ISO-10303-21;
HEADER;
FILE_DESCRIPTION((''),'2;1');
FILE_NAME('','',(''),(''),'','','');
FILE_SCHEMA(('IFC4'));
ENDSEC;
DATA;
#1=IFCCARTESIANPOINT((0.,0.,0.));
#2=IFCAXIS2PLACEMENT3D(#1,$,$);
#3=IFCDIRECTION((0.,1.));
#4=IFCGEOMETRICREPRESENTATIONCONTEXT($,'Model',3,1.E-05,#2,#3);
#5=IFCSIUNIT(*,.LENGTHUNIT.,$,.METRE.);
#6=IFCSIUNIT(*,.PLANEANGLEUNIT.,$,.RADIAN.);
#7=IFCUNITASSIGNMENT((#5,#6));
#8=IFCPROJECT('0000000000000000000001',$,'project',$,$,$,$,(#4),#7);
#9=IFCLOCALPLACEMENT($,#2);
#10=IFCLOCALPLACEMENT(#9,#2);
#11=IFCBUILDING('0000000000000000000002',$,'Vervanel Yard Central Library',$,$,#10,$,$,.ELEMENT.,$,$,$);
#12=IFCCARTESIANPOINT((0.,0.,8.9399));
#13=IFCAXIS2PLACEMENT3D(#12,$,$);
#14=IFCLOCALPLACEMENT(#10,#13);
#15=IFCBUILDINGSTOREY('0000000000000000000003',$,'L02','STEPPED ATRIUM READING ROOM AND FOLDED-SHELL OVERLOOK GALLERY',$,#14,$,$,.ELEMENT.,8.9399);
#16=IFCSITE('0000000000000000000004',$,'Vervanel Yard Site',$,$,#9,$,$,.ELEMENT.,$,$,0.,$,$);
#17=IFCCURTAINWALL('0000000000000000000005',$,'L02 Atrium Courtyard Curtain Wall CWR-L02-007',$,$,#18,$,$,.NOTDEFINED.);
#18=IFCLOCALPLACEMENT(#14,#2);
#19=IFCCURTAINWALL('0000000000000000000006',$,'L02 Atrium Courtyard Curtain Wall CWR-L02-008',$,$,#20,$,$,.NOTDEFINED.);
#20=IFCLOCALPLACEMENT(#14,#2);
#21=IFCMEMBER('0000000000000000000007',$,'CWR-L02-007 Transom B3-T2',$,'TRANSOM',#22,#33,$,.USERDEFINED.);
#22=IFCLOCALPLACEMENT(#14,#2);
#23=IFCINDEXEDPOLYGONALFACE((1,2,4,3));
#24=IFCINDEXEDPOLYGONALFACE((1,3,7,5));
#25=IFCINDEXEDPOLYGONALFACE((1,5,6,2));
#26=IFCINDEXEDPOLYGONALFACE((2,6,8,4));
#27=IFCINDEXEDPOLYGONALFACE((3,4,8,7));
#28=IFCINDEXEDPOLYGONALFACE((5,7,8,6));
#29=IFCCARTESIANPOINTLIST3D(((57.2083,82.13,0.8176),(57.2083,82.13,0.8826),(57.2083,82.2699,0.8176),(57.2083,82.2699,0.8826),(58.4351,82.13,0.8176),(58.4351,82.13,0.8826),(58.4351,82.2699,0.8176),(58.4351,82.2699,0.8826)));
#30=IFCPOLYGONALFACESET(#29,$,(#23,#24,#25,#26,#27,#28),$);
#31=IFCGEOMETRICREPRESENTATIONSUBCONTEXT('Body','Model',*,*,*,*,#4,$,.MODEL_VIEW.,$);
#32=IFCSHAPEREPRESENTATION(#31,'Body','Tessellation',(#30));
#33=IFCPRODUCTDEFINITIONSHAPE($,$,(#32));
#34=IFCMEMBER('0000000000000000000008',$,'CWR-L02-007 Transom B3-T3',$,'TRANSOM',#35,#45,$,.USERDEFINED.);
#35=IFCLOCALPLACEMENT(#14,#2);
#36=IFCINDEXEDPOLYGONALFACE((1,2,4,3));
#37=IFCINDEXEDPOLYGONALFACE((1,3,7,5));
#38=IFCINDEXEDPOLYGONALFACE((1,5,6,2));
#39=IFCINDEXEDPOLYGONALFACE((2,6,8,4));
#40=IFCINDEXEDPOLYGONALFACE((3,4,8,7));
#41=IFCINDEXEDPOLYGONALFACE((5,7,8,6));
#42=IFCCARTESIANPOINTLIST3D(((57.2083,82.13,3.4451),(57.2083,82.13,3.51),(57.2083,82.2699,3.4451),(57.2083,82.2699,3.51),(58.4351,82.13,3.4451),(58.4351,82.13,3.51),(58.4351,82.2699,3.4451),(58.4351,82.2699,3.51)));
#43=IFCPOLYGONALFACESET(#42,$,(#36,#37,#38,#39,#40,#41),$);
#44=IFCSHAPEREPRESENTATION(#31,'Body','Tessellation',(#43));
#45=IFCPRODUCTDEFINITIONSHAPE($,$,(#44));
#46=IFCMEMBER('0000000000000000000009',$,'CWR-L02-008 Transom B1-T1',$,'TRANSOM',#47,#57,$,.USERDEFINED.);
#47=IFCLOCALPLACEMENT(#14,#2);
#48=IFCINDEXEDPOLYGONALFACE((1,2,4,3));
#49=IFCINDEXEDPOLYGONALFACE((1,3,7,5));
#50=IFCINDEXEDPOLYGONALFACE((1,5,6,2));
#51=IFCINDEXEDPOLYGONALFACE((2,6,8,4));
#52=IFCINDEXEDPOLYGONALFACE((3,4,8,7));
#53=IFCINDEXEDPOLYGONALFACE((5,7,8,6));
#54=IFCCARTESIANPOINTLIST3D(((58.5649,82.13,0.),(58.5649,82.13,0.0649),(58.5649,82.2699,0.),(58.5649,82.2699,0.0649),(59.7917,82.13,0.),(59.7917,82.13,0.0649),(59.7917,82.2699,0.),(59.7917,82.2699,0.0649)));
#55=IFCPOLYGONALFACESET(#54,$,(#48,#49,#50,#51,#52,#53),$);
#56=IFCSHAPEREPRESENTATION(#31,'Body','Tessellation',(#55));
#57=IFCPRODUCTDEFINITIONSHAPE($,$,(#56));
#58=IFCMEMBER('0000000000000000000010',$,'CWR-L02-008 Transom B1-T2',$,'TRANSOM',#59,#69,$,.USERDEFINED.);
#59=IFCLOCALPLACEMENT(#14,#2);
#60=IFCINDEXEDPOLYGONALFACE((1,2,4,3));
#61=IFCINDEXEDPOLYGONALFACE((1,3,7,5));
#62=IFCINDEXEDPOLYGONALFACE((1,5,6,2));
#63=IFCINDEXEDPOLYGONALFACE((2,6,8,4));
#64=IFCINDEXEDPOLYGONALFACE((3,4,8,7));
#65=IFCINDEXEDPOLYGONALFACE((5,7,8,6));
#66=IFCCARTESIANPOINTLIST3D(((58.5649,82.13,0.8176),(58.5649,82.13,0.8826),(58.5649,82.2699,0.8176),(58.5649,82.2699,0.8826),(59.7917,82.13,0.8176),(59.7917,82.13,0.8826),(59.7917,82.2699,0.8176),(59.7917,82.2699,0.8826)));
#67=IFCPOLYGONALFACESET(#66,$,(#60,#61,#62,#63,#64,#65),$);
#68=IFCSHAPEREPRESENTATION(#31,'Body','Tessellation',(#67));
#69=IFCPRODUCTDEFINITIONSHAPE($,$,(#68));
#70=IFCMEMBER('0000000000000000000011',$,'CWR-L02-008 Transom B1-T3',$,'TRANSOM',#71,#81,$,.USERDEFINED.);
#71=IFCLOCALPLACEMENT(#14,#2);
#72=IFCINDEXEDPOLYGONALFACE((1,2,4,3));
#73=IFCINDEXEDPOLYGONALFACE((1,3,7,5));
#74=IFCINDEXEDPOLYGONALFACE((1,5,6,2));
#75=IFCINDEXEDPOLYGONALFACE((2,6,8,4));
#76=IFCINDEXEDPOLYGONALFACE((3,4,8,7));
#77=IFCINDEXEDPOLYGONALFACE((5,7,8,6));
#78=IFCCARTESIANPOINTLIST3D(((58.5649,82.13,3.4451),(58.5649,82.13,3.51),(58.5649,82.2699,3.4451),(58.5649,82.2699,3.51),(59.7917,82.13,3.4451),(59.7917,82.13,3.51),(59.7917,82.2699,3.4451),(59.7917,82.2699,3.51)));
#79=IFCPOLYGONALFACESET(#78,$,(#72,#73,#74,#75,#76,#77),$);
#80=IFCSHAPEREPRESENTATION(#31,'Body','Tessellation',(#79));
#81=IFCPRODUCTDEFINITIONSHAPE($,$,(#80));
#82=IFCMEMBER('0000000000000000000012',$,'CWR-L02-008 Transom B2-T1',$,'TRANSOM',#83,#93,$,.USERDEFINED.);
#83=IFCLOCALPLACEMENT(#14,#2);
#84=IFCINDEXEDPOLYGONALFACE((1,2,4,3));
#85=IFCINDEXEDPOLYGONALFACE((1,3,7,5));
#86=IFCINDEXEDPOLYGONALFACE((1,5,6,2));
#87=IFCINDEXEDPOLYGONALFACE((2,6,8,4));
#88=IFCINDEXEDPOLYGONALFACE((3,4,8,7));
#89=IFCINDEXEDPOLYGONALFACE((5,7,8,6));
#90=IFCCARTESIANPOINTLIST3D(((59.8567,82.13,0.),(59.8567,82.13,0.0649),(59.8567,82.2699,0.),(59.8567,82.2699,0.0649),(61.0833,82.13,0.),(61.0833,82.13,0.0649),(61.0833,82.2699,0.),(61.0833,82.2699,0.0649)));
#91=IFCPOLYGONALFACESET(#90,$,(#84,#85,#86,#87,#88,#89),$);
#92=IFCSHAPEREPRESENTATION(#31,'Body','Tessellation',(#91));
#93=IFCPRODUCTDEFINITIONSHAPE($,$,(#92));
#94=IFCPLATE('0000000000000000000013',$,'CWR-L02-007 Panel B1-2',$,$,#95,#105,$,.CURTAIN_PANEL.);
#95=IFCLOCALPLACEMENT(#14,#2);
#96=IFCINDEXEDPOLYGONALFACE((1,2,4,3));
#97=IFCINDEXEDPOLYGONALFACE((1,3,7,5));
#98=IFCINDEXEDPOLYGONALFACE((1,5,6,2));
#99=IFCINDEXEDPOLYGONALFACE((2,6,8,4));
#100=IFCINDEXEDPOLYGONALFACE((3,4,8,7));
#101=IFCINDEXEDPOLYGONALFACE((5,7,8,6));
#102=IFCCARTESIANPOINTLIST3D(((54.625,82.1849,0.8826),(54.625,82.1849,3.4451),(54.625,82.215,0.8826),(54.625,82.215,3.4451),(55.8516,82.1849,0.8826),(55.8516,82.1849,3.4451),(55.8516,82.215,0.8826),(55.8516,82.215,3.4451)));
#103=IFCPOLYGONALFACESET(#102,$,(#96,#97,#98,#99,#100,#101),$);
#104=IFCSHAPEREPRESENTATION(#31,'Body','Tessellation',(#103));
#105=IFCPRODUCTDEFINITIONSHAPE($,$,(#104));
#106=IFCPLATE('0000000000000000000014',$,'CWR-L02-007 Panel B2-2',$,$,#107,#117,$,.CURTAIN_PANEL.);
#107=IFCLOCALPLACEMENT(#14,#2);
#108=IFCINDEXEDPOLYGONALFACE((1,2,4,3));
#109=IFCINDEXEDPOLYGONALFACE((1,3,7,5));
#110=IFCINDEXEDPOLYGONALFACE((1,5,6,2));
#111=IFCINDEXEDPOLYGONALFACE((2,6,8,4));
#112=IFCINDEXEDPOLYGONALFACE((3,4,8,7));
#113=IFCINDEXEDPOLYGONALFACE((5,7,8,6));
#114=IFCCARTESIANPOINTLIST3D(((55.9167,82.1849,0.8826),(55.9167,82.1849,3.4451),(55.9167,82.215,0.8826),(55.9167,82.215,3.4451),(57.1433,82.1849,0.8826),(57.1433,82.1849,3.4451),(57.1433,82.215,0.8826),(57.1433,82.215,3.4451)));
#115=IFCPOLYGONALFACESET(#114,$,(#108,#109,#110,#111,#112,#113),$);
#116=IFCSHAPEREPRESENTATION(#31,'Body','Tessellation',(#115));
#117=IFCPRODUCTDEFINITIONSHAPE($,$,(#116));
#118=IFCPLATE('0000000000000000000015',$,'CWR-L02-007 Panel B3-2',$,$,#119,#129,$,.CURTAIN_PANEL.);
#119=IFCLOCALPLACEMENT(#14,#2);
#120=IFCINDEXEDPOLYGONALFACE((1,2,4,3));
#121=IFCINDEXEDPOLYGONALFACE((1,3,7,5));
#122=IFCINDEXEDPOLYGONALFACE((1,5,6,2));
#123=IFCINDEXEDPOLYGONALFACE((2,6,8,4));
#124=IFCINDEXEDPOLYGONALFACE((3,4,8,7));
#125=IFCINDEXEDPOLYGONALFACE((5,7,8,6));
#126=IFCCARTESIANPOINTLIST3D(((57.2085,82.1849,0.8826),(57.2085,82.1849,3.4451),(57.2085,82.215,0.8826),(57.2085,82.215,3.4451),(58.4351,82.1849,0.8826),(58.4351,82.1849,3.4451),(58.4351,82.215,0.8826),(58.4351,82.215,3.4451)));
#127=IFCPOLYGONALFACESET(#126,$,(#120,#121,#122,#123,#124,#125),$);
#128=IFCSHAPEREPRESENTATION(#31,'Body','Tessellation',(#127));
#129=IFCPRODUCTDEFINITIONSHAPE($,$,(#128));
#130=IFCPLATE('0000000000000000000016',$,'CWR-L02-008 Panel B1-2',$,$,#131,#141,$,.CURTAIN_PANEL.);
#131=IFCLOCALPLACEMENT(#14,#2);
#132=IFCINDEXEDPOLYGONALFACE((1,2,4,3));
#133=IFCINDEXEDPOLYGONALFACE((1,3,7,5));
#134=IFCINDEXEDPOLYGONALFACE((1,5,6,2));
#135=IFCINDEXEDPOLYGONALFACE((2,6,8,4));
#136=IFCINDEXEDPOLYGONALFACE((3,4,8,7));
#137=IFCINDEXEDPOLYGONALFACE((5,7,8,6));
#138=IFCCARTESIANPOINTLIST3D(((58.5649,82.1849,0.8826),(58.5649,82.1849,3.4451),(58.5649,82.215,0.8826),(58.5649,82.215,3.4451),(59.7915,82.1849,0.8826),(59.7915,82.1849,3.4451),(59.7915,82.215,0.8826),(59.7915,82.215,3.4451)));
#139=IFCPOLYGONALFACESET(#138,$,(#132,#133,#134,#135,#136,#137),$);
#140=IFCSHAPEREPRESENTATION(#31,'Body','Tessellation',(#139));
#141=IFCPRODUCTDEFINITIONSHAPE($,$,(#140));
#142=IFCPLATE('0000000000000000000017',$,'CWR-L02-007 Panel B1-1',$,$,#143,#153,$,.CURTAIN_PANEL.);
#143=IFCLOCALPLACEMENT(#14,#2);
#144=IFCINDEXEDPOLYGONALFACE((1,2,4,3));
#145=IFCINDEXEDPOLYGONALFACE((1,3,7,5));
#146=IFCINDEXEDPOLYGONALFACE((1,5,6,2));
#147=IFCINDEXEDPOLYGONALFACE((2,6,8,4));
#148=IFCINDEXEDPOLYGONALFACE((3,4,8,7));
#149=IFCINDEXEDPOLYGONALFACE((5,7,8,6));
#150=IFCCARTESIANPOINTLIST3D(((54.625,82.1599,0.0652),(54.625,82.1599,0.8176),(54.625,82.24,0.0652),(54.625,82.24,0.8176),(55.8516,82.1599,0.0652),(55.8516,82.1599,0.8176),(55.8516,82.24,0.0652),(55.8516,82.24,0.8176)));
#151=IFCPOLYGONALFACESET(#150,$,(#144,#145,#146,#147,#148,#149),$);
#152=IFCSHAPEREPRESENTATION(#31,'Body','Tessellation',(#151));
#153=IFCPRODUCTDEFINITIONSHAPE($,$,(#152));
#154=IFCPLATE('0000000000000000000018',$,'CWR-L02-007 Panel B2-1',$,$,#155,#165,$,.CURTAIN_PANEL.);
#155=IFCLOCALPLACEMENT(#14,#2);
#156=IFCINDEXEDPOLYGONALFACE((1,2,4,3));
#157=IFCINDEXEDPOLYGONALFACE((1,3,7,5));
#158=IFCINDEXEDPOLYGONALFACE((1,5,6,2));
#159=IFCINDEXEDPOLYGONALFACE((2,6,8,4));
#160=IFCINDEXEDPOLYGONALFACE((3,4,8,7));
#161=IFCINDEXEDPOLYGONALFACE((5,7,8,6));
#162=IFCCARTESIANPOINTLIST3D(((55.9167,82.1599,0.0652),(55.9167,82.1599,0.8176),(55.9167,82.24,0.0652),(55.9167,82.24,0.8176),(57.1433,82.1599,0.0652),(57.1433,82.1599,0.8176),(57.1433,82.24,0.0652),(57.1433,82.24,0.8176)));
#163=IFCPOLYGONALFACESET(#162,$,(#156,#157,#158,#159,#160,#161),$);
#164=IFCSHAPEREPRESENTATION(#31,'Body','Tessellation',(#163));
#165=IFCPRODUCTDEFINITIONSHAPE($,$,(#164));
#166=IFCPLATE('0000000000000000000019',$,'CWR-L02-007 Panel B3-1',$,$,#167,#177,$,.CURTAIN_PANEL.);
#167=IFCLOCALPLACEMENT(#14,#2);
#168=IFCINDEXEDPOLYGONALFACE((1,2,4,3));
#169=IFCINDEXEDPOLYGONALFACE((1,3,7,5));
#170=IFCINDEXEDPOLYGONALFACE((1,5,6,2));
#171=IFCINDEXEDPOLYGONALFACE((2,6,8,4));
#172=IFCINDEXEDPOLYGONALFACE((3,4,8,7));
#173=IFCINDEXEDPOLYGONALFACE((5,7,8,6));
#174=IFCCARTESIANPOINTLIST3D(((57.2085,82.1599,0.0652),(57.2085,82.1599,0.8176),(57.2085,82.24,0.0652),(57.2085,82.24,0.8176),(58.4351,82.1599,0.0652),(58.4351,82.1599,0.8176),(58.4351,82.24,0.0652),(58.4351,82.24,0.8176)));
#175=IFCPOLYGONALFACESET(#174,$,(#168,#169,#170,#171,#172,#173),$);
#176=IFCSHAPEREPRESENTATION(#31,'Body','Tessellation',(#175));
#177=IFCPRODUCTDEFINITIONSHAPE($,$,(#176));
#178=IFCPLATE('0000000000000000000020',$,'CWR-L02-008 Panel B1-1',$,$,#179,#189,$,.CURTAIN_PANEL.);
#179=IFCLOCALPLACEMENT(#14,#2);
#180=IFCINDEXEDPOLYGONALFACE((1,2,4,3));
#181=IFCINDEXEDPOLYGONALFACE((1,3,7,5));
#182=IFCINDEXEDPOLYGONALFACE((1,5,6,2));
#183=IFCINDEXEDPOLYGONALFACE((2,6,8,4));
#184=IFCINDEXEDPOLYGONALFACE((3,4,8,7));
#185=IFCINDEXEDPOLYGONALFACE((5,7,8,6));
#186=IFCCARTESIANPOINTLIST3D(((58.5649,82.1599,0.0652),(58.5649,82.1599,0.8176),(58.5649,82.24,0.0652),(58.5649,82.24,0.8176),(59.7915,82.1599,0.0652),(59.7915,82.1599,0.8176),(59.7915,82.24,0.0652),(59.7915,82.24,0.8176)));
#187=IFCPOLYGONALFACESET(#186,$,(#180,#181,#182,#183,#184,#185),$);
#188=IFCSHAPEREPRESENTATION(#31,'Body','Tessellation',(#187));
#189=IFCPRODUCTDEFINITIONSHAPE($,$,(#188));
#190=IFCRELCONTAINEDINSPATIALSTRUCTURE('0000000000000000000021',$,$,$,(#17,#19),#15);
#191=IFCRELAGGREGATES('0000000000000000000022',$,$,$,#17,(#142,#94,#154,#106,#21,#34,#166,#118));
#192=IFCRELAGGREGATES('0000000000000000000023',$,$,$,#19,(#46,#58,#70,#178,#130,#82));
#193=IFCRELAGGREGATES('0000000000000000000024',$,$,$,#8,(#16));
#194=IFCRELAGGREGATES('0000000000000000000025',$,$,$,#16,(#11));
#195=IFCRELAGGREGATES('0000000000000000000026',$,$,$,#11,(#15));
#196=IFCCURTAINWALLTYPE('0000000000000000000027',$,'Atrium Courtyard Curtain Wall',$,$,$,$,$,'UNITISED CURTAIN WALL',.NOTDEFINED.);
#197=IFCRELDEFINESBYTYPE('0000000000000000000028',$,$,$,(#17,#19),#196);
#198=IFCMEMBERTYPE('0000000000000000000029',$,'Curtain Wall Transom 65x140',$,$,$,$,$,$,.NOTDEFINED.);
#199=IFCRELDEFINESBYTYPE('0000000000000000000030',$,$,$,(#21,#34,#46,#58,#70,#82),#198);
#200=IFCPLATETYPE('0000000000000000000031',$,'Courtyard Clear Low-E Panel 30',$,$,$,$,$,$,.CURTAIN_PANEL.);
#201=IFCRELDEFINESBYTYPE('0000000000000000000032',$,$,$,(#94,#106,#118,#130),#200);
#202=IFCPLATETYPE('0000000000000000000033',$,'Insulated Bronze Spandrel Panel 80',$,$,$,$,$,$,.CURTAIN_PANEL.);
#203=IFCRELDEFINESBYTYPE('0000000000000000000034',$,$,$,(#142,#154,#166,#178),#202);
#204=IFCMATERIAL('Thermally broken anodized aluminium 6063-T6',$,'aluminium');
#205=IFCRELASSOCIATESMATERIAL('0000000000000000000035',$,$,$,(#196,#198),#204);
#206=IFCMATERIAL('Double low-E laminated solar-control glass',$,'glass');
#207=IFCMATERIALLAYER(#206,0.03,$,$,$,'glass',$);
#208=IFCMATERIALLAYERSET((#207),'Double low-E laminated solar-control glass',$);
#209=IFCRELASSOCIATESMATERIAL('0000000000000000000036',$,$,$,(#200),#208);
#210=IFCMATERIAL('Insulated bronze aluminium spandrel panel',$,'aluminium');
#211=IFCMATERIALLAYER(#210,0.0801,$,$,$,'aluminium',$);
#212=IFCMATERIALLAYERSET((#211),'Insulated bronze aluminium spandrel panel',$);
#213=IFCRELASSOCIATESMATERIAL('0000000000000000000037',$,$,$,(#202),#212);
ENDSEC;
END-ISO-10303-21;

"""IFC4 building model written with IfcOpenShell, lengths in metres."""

from ifc_helpers import new_model, si_unit, direction, frame, origin, origin_2d, place, context, subcontext, project, spatial, rectangle, extrude, material, layer, layer_set, material_profile, profile_set, type_object, element, aggregate, save


model = new_model("IFC4")

# Units and contexts
model_context = context("Model", 3, precision=1e-05, world=origin(), true_north=direction((0.0, 1.0)))
body_context = subcontext(model_context, "Body", "Model", "MODEL_VIEW")
ifc_project = project(units=[si_unit("LENGTHUNIT", "METRE"), si_unit("PLANEANGLEUNIT", "RADIAN")], contexts=[model_context])

# Site, building, storey
site_placement = place(None, origin())
site = spatial("IfcSite", under=ifc_project, at=site_placement, Name="Vervanel Yard Site", CompositionType="ELEMENT", RefElevation=0.0)
building_placement = place(site_placement, origin())
building = spatial("IfcBuilding", under=site, at=building_placement, Name="Vervanel Yard Central Library", CompositionType="ELEMENT")
storey_placement = place(building_placement, frame((0.0, 0.0, 8.9399)))
storey = spatial("IfcBuildingStorey", under=building, at=storey_placement, Name="L02", Description="STEPPED ATRIUM READING ROOM AND FOLDED-SHELL OVERLOOK GALLERY", CompositionType="ELEMENT", Elevation=8.9399)

# Curtain walls
ifc_material_1 = material(Name="Thermally broken anodized aluminium 6063-T6", Category="aluminium")
curtain_wall_type = type_object("IfcCurtainWallType", Name="Atrium Courtyard Curtain Wall", ElementType="UNITISED CURTAIN WALL", PredefinedType="NOTDEFINED", material=ifc_material_1)
curtain_wall_1_placement = place(storey_placement, origin())
curtain_wall_1 = element("IfcCurtainWall", 1, at=curtain_wall_1_placement, inside=storey, type_object=curtain_wall_type, Name="L02 Atrium Courtyard Curtain Wall CWR-L02-007", PredefinedType="NOTDEFINED")
curtain_wall_2_placement = place(storey_placement, origin())
curtain_wall_2 = element("IfcCurtainWall", 2, at=curtain_wall_2_placement, inside=storey, type_object=curtain_wall_type, Name="L02 Atrium Courtyard Curtain Wall CWR-L02-008", PredefinedType="NOTDEFINED")

# Members
ifc_material_profile_1 = material_profile(ifc_material_1, rectangle(XDim=0.0649, YDim=0.1399, at=origin_2d()), Name="ALU 65x140", Category="aluminium")
ifc_profile_set_1 = profile_set([ifc_material_profile_1], Name="Thermally broken anodized aluminium 6063-T6")
member_type_1 = type_object("IfcMemberType", Name="Curtain Wall Transom 65x140", PredefinedType="NOTDEFINED", material=ifc_profile_set_1)
member_1_placement = place(storey_placement, frame((57.2083, 82.2, 0.8501), z_axis=(1.0, 0.0, 0.0), x_axis=(0.0, 0.0, 1.0)))
member_1 = element("IfcMember", 3, at=member_1_placement, type_object=member_type_1, Name="CWR-L02-007 Transom B3-T2", ObjectType="TRANSOM", PredefinedType="USERDEFINED", context=body_context, shape_type="SweptSolid", body=[
    extrude(rectangle(XDim=0.0649, YDim=0.1399, at=origin_2d()), origin(), (0.0, 0.0, 1.0), 1.2268),
])
member_2_placement = place(storey_placement, frame((57.2083, 82.2, 3.4775), z_axis=(1.0, 0.0, 0.0), x_axis=(0.0, 0.0, 1.0)))
member_2 = element("IfcMember", 4, at=member_2_placement, type_object=member_type_1, Name="CWR-L02-007 Transom B3-T3", ObjectType="TRANSOM", PredefinedType="USERDEFINED", context=body_context, shape_type="SweptSolid", body=[
    extrude(rectangle(XDim=0.0649, YDim=0.1399, at=origin_2d()), origin(), (0.0, 0.0, 1.0), 1.2268),
])
member_3_placement = place(storey_placement, frame((58.5649, 82.2, 0.0325), z_axis=(1.0, 0.0, 0.0), x_axis=(0.0, 0.0, 1.0)))
member_3 = element("IfcMember", 5, at=member_3_placement, type_object=member_type_1, Name="CWR-L02-008 Transom B1-T1", ObjectType="TRANSOM", PredefinedType="USERDEFINED", context=body_context, shape_type="SweptSolid", body=[
    extrude(rectangle(XDim=0.0649, YDim=0.1399, at=origin_2d()), origin(), (0.0, 0.0, 1.0), 1.2268),
])
member_4_placement = place(storey_placement, frame((58.5649, 82.2, 0.8501), z_axis=(1.0, 0.0, 0.0), x_axis=(0.0, 0.0, 1.0)))
member_4 = element("IfcMember", 6, at=member_4_placement, type_object=member_type_1, Name="CWR-L02-008 Transom B1-T2", ObjectType="TRANSOM", PredefinedType="USERDEFINED", context=body_context, shape_type="SweptSolid", body=[
    extrude(rectangle(XDim=0.0649, YDim=0.1399, at=origin_2d()), origin(), (0.0, 0.0, 1.0), 1.2268),
])
member_5_placement = place(storey_placement, frame((58.5649, 82.2, 3.4775), z_axis=(1.0, 0.0, 0.0), x_axis=(0.0, 0.0, 1.0)))
member_5 = element("IfcMember", 7, at=member_5_placement, type_object=member_type_1, Name="CWR-L02-008 Transom B1-T3", ObjectType="TRANSOM", PredefinedType="USERDEFINED", context=body_context, shape_type="SweptSolid", body=[
    extrude(rectangle(XDim=0.0649, YDim=0.1399, at=origin_2d()), origin(), (0.0, 0.0, 1.0), 1.2268),
])
member_6_placement = place(storey_placement, frame((59.8567, 82.2, 0.0325), z_axis=(1.0, 0.0, 0.0), x_axis=(0.0, 0.0, 1.0)))
member_6 = element("IfcMember", 8, at=member_6_placement, type_object=member_type_1, Name="CWR-L02-008 Transom B2-T1", ObjectType="TRANSOM", PredefinedType="USERDEFINED", context=body_context, shape_type="SweptSolid", body=[
    extrude(rectangle(XDim=0.0649, YDim=0.1399, at=origin_2d()), origin(), (0.0, 0.0, 1.0), 1.2266),
])

# Plates
ifc_material_2 = material(Name="Double low-E laminated solar-control glass", Category="glass")
ifc_layer_1 = layer(ifc_material_2, 0.03, Category="glass")
ifc_layer_set_1 = layer_set([ifc_layer_1], Name="Double low-E laminated solar-control glass")
plate_type_1 = type_object("IfcPlateType", Name="Courtyard Clear Low-E Panel 30", PredefinedType="CURTAIN_PANEL", material=ifc_layer_set_1)
plate_1_placement = place(storey_placement, frame((55.2383, 82.2, 0.8826), z_axis=(0.0, 0.0, 1.0), x_axis=(1.0, 0.0, 0.0)))
plate_1 = element("IfcPlate", 9, at=plate_1_placement, type_object=plate_type_1, Name="CWR-L02-007 Panel B1-2", PredefinedType="CURTAIN_PANEL", context=body_context, shape_type="SweptSolid", body=[
    extrude(rectangle(XDim=1.2266, YDim=0.03, at=origin_2d()), origin(), (0.0, 0.0, 1.0), 2.5625),
])
plate_2_placement = place(storey_placement, frame((56.53, 82.2, 0.8826), z_axis=(0.0, 0.0, 1.0), x_axis=(1.0, 0.0, 0.0)))
plate_2 = element("IfcPlate", 10, at=plate_2_placement, type_object=plate_type_1, Name="CWR-L02-007 Panel B2-2", PredefinedType="CURTAIN_PANEL", context=body_context, shape_type="SweptSolid", body=[
    extrude(rectangle(XDim=1.2266, YDim=0.03, at=origin_2d()), origin(), (0.0, 0.0, 1.0), 2.5625),
])
plate_3_placement = place(storey_placement, frame((57.8218, 82.2, 0.8826), z_axis=(0.0, 0.0, 1.0), x_axis=(1.0, 0.0, 0.0)))
plate_3 = element("IfcPlate", 11, at=plate_3_placement, type_object=plate_type_1, Name="CWR-L02-007 Panel B3-2", PredefinedType="CURTAIN_PANEL", context=body_context, shape_type="SweptSolid", body=[
    extrude(rectangle(XDim=1.2266, YDim=0.03, at=origin_2d()), origin(), (0.0, 0.0, 1.0), 2.5625),
])
plate_4_placement = place(storey_placement, frame((59.1782, 82.2, 0.8826), z_axis=(0.0, 0.0, 1.0), x_axis=(1.0, 0.0, 0.0)))
plate_4 = element("IfcPlate", 12, at=plate_4_placement, type_object=plate_type_1, Name="CWR-L02-008 Panel B1-2", PredefinedType="CURTAIN_PANEL", context=body_context, shape_type="SweptSolid", body=[
    extrude(rectangle(XDim=1.2266, YDim=0.03, at=origin_2d()), origin(), (0.0, 0.0, 1.0), 2.5625),
])
ifc_material_3 = material(Name="Insulated bronze aluminium spandrel panel", Category="aluminium")
ifc_layer_2 = layer(ifc_material_3, 0.0801, Category="aluminium")
ifc_layer_set_2 = layer_set([ifc_layer_2], Name="Insulated bronze aluminium spandrel panel")
plate_type_2 = type_object("IfcPlateType", Name="Insulated Bronze Spandrel Panel 80", PredefinedType="CURTAIN_PANEL", material=ifc_layer_set_2)
plate_5_placement = place(storey_placement, frame((55.2383, 82.2, 0.0652), z_axis=(0.0, 0.0, 1.0), x_axis=(1.0, 0.0, 0.0)))
plate_5 = element("IfcPlate", 13, at=plate_5_placement, type_object=plate_type_2, Name="CWR-L02-007 Panel B1-1", PredefinedType="CURTAIN_PANEL", context=body_context, shape_type="SweptSolid", body=[
    extrude(rectangle(XDim=1.2266, YDim=0.0801, at=origin_2d()), origin(), (0.0, 0.0, 1.0), 0.7524),
])
plate_6_placement = place(storey_placement, frame((56.53, 82.2, 0.0652), z_axis=(0.0, 0.0, 1.0), x_axis=(1.0, 0.0, 0.0)))
plate_6 = element("IfcPlate", 14, at=plate_6_placement, type_object=plate_type_2, Name="CWR-L02-007 Panel B2-1", PredefinedType="CURTAIN_PANEL", context=body_context, shape_type="SweptSolid", body=[
    extrude(rectangle(XDim=1.2266, YDim=0.0801, at=origin_2d()), origin(), (0.0, 0.0, 1.0), 0.7524),
])
plate_7_placement = place(storey_placement, frame((57.8218, 82.2, 0.0652), z_axis=(0.0, 0.0, 1.0), x_axis=(1.0, 0.0, 0.0)))
plate_7 = element("IfcPlate", 15, at=plate_7_placement, type_object=plate_type_2, Name="CWR-L02-007 Panel B3-1", PredefinedType="CURTAIN_PANEL", context=body_context, shape_type="SweptSolid", body=[
    extrude(rectangle(XDim=1.2266, YDim=0.0801, at=origin_2d()), origin(), (0.0, 0.0, 1.0), 0.7524),
])
aggregate(curtain_wall_1, [plate_5, plate_1, plate_6, plate_2, member_1, member_2, plate_7, plate_3])
plate_8_placement = place(storey_placement, frame((59.1782, 82.2, 0.0652), z_axis=(0.0, 0.0, 1.0), x_axis=(1.0, 0.0, 0.0)))
plate_8 = element("IfcPlate", 16, at=plate_8_placement, type_object=plate_type_2, Name="CWR-L02-008 Panel B1-1", PredefinedType="CURTAIN_PANEL", context=body_context, shape_type="SweptSolid", body=[
    extrude(rectangle(XDim=1.2266, YDim=0.0801, at=origin_2d()), origin(), (0.0, 0.0, 1.0), 0.7524),
])
aggregate(curtain_wall_2, [member_3, member_4, member_5, plate_8, plate_4, member_6])

save(model, "model.ifc")
